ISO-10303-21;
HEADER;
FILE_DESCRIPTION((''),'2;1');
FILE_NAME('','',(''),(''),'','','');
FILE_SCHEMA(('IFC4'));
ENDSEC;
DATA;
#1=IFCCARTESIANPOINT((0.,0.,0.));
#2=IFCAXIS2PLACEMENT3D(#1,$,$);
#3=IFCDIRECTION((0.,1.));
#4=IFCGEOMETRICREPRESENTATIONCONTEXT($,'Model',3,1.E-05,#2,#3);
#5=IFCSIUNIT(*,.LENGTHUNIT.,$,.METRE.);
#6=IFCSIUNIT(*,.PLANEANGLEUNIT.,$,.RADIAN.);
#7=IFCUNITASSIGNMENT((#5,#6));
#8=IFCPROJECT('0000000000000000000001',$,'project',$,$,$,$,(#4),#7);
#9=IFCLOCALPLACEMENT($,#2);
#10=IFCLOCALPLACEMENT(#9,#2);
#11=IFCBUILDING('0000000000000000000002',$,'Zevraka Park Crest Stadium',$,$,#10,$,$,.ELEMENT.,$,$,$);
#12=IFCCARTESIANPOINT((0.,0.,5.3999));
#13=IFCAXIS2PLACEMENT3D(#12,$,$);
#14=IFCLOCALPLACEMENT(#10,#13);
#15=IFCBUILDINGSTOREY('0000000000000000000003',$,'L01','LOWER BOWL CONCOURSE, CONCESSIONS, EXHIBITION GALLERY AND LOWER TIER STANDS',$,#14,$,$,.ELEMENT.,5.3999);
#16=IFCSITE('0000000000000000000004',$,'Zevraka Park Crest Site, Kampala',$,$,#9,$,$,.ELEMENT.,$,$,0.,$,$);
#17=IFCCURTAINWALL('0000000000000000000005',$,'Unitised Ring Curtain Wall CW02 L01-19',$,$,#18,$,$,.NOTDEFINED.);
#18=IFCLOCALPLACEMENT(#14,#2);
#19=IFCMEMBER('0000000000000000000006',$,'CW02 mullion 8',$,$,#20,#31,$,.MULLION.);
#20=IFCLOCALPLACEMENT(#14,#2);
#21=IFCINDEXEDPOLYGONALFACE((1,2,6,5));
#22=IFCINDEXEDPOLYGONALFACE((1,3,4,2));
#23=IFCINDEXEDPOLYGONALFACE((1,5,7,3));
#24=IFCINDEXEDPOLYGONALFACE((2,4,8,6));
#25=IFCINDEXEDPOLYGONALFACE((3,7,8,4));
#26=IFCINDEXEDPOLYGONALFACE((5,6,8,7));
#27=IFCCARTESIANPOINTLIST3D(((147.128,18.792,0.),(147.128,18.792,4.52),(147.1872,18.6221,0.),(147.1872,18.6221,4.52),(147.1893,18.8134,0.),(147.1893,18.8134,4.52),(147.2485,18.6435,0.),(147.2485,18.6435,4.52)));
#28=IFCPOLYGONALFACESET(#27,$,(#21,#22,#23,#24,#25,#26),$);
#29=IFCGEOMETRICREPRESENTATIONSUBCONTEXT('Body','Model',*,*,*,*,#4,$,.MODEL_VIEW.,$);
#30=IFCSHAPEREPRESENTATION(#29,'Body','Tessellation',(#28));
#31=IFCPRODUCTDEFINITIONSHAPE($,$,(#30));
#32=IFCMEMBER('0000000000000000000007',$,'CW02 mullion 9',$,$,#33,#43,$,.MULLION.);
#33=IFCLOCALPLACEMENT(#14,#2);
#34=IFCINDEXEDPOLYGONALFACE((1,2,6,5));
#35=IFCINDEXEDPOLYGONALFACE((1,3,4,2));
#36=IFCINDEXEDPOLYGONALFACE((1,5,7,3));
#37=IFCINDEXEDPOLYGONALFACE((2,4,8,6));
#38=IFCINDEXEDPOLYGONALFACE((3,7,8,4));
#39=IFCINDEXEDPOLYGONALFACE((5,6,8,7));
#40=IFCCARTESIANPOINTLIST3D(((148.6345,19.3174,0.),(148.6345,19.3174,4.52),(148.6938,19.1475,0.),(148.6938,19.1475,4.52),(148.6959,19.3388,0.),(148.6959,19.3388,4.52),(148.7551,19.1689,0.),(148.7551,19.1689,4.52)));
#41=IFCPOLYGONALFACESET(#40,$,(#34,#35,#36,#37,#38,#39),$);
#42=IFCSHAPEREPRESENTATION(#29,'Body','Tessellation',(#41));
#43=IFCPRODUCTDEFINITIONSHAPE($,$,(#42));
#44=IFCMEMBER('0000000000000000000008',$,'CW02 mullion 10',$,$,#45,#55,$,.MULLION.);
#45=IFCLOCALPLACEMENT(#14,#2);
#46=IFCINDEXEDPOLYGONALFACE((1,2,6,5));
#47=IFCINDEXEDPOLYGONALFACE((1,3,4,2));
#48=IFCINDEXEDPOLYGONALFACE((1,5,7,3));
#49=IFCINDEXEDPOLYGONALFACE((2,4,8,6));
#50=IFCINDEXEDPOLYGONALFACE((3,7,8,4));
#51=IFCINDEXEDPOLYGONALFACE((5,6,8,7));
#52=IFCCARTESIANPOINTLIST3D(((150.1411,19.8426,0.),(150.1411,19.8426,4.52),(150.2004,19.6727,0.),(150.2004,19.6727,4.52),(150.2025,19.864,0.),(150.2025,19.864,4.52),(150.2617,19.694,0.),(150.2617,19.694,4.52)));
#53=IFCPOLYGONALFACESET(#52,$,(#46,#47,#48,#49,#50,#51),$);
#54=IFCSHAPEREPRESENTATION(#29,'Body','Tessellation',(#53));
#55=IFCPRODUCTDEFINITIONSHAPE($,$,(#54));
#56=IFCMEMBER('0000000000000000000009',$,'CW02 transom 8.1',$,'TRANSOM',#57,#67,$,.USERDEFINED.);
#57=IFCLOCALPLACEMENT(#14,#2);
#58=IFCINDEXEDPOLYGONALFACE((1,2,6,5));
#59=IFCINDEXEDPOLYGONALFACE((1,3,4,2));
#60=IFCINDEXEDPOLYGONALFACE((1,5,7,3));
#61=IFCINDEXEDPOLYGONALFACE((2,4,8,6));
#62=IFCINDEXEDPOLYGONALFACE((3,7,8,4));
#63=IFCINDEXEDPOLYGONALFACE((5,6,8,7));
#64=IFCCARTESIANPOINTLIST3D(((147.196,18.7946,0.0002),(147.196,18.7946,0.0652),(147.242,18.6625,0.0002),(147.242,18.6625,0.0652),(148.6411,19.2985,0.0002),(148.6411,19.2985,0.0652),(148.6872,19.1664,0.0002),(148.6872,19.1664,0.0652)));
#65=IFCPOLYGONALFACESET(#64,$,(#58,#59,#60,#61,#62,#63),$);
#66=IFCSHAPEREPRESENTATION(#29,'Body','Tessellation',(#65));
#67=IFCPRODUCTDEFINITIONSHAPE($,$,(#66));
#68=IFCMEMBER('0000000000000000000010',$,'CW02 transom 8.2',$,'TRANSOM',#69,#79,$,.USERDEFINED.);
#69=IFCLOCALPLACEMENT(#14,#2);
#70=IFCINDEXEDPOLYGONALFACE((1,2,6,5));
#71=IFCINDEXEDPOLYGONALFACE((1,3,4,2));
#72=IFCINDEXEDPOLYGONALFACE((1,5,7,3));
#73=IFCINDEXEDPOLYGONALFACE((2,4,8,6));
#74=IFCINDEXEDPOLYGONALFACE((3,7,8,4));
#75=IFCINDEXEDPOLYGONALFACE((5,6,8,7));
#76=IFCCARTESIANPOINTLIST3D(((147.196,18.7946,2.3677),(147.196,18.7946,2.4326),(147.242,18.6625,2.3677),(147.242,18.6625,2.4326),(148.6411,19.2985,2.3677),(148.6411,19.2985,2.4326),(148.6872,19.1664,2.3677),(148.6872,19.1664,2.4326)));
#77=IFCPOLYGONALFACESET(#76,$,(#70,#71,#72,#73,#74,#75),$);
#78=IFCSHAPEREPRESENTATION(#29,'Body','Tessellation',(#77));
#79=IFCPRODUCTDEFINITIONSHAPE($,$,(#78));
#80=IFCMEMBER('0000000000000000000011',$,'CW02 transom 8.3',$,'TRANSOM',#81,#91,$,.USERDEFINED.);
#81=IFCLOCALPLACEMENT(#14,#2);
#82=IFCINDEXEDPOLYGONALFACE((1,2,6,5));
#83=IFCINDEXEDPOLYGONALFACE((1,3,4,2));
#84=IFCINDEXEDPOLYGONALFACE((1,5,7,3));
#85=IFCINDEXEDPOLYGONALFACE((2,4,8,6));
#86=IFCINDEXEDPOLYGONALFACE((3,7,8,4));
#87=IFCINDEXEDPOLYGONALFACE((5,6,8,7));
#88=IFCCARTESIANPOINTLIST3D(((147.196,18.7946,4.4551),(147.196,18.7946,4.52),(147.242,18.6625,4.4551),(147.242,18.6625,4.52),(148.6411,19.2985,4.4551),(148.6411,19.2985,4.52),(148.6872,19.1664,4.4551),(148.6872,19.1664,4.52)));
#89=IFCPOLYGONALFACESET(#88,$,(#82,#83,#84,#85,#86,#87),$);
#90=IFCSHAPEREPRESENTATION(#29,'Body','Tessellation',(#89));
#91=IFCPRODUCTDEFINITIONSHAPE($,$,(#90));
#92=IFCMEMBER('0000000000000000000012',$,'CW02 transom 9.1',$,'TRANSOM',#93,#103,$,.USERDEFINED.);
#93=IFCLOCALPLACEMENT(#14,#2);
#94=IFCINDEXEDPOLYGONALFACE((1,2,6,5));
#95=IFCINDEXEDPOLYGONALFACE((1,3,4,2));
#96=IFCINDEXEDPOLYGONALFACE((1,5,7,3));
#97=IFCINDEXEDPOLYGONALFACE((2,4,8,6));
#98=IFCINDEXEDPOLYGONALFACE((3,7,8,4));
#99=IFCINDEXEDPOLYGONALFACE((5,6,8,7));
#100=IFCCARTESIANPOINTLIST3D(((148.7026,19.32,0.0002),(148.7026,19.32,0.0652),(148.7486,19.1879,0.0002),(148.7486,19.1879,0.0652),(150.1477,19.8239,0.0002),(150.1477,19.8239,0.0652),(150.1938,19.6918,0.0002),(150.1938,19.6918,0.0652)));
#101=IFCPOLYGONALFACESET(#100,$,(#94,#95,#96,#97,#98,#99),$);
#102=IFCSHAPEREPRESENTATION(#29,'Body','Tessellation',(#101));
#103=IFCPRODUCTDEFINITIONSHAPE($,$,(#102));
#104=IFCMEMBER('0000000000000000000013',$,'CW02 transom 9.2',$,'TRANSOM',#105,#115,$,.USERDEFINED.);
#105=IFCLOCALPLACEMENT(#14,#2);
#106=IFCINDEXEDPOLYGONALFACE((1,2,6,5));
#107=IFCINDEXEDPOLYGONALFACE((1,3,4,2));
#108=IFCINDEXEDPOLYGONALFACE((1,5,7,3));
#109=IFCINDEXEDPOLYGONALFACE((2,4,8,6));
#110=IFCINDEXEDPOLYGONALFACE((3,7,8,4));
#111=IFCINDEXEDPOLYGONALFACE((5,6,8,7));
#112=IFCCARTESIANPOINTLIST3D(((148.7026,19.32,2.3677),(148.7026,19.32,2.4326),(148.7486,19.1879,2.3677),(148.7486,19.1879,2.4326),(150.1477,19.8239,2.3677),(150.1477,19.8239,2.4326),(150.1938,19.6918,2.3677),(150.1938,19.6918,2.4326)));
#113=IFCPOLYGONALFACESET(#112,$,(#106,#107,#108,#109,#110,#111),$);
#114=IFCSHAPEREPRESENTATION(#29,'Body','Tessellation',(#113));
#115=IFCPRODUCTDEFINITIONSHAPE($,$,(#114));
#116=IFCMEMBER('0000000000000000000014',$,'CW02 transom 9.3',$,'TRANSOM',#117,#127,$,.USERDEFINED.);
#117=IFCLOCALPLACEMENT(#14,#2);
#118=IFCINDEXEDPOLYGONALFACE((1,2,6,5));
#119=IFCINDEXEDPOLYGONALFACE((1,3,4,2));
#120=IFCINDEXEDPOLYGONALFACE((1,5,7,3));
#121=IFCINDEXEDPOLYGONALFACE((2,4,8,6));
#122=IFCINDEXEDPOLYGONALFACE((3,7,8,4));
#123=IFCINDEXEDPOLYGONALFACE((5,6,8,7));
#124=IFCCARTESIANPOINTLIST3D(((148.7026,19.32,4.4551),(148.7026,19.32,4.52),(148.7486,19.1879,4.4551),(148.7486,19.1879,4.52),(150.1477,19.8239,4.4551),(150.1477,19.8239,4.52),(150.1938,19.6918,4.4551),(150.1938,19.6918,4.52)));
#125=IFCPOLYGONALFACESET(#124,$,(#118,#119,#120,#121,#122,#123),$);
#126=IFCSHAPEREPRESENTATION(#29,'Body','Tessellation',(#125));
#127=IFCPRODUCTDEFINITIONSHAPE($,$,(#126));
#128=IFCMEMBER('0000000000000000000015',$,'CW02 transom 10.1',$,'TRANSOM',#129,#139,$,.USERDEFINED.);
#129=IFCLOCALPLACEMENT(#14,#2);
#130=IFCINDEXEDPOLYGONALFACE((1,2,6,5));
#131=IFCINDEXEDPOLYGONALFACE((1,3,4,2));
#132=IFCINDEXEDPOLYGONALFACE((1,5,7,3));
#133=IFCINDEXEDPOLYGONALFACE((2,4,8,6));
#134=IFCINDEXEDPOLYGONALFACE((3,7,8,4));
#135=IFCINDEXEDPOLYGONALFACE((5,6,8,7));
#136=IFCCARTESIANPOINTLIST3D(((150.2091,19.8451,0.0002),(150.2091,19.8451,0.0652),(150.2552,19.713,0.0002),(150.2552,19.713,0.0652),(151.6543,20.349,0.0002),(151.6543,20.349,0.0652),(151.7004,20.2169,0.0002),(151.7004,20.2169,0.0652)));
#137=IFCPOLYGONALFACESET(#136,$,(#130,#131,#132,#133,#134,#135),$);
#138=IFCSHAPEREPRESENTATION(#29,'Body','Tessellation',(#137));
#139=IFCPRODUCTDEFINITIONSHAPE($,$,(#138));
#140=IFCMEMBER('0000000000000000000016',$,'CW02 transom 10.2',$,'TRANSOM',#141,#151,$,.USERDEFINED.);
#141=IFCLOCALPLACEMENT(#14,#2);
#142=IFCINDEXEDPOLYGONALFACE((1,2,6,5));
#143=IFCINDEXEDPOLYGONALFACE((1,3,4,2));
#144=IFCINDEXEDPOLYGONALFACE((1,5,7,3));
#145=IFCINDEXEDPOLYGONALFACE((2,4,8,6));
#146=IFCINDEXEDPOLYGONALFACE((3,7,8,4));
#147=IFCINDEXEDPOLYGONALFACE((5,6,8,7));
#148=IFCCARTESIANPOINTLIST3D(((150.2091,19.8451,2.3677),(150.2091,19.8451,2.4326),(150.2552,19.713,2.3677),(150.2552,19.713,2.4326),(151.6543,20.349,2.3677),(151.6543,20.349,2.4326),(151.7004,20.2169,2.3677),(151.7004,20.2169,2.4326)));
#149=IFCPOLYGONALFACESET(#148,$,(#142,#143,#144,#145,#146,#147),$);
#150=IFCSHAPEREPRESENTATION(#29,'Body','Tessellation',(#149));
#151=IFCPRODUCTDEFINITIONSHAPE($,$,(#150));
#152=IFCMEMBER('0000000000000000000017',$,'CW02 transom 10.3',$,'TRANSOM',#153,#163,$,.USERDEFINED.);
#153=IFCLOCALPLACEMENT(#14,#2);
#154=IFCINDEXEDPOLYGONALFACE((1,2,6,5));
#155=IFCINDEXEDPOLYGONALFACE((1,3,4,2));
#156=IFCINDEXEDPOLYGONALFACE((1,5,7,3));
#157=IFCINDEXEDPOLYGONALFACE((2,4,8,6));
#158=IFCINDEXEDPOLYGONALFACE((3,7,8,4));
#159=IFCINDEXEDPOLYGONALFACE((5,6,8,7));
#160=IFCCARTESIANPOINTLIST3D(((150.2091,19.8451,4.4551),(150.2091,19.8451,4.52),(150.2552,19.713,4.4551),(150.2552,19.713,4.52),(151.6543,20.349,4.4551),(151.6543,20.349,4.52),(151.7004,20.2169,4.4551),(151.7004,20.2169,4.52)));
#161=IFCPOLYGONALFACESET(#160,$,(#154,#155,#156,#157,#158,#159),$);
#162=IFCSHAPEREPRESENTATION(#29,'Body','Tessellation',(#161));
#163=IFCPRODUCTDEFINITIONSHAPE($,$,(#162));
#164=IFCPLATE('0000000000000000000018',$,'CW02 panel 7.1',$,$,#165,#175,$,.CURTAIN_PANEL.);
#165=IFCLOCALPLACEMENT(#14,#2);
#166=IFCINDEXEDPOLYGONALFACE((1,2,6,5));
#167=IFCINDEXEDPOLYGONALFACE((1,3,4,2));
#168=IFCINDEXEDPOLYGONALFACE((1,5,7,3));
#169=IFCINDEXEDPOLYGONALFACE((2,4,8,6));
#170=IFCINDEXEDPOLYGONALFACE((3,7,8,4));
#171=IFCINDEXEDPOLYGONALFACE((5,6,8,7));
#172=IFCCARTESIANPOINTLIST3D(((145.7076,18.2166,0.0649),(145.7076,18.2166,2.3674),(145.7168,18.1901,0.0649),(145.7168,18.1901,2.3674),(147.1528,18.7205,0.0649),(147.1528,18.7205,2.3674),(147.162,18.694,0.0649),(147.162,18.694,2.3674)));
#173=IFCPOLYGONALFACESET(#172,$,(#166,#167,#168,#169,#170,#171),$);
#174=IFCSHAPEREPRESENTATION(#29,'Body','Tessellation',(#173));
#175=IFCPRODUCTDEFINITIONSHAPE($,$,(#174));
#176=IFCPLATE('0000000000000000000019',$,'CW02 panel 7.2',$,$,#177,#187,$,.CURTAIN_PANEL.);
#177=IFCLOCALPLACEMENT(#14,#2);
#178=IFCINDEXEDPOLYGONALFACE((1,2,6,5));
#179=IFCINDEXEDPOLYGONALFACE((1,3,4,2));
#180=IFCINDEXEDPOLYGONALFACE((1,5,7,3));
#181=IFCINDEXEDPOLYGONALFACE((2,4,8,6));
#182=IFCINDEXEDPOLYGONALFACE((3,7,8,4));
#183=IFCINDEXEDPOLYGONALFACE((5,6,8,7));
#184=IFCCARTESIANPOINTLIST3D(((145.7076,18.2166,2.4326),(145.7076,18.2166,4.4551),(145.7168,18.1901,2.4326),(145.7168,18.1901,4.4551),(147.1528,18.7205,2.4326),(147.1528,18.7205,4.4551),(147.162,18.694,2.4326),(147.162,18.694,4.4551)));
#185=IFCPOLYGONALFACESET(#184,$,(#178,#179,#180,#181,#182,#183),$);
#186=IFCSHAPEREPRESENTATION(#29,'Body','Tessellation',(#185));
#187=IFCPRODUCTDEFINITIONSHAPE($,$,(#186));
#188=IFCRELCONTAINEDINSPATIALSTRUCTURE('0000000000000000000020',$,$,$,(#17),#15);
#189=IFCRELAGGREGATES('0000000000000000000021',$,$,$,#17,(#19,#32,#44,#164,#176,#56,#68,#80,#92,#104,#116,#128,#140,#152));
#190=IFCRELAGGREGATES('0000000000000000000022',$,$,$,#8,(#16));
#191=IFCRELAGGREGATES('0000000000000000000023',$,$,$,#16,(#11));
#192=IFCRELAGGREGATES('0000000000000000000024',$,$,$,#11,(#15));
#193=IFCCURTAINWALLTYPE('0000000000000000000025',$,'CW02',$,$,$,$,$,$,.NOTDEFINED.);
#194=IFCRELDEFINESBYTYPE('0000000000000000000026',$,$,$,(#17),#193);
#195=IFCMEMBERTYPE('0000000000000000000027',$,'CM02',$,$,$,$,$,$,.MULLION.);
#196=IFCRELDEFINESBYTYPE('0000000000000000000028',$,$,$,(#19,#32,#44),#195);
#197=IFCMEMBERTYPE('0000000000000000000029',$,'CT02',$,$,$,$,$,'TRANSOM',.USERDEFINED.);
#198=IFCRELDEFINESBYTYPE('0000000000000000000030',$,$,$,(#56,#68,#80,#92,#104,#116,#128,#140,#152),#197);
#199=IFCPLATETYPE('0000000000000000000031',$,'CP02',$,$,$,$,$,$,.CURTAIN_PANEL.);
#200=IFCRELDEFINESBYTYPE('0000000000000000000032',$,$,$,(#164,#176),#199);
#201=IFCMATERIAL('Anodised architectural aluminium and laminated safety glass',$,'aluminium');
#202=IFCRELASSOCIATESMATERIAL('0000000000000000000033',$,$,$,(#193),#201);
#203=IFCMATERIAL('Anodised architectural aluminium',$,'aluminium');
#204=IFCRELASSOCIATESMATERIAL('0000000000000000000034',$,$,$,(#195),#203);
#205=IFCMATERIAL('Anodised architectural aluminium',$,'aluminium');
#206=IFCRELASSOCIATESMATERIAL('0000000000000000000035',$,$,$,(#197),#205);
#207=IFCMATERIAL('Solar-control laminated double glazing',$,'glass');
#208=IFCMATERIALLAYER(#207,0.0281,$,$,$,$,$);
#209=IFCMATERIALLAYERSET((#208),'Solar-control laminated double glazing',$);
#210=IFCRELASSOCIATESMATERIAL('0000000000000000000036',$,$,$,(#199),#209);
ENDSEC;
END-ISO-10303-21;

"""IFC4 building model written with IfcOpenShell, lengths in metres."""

from ifc_helpers import new_model, si_unit, direction, frame, origin, origin_2d, place, context, subcontext, project, spatial, rectangle, extrude, material, layer, layer_set, material_profile, profile_set, type_object, element, aggregate, save


model = new_model("IFC4")

# Units and contexts
model_context = context("Model", 3, precision=1e-05, world=origin(), true_north=direction((0.0, 1.0)))
body_context = subcontext(model_context, "Body", "Model", "MODEL_VIEW")
ifc_project = project(units=[si_unit("LENGTHUNIT", "METRE"), si_unit("PLANEANGLEUNIT", "RADIAN")], contexts=[model_context])

# Site, building, storey
site_placement = place(None, origin())
site = spatial("IfcSite", under=ifc_project, at=site_placement, Name="Zevraka Park Crest Site, Kampala", CompositionType="ELEMENT", RefElevation=0.0)
building_placement = place(site_placement, origin())
building = spatial("IfcBuilding", under=site, at=building_placement, Name="Zevraka Park Crest Stadium", CompositionType="ELEMENT")
storey_placement = place(building_placement, frame((0.0, 0.0, 5.3999)))
storey = spatial("IfcBuildingStorey", under=building, at=storey_placement, Name="L01", Description="LOWER BOWL CONCOURSE, CONCESSIONS, EXHIBITION GALLERY AND LOWER TIER STANDS", CompositionType="ELEMENT", Elevation=5.3999)

# Curtain wall, members, plates
ifc_material_1 = material(Name="Anodised architectural aluminium and laminated safety glass", Category="aluminium")
curtain_wall_type = type_object("IfcCurtainWallType", Name="CW02", PredefinedType="NOTDEFINED", material=ifc_material_1)
curtain_wall_placement = place(storey_placement, origin())
curtain_wall = element("IfcCurtainWall", 1, at=curtain_wall_placement, inside=storey, type_object=curtain_wall_type, Name="Unitised Ring Curtain Wall CW02 L01-19", PredefinedType="NOTDEFINED")
ifc_material_2 = material(Name="Anodised architectural aluminium", Category="aluminium")
ifc_material_profile_1 = material_profile(ifc_material_2, rectangle(XDim=0.1799, YDim=0.0649, at=origin_2d()), Name="ALU MULLION 180x65")
ifc_profile_set_1 = profile_set([ifc_material_profile_1], Name="Anodised architectural aluminium")
member_type_1 = type_object("IfcMemberType", Name="CM02", PredefinedType="MULLION", material=ifc_profile_set_1)
member_1_placement = place(storey_placement, frame((147.1882, 18.7178, 0.0), z_axis=(0.0, 0.0, 1.0), x_axis=(-0.329209, 0.944257, 0.0)))
member_1 = element("IfcMember", 2, at=member_1_placement, type_object=member_type_1, Name="CW02 mullion 8", PredefinedType="MULLION", context=body_context, shape_type="SweptSolid", body=[
    extrude(rectangle(XDim=0.1799, YDim=0.0649, at=origin_2d()), origin(), (0.0, 0.0, 1.0), 4.52),
])
member_2_placement = place(storey_placement, frame((148.6948, 19.2432, 0.0), z_axis=(0.0, 0.0, 1.0), x_axis=(-0.329209, 0.944257, 0.0)))
member_2 = element("IfcMember", 3, at=member_2_placement, type_object=member_type_1, Name="CW02 mullion 9", PredefinedType="MULLION", context=body_context, shape_type="SweptSolid", body=[
    extrude(rectangle(XDim=0.1799, YDim=0.0649, at=origin_2d()), origin(), (0.0, 0.0, 1.0), 4.52),
])
member_3_placement = place(storey_placement, frame((150.2014, 19.7683, 0.0), z_axis=(0.0, 0.0, 1.0), x_axis=(-0.329209, 0.944257, 0.0)))
member_3 = element("IfcMember", 4, at=member_3_placement, type_object=member_type_1, Name="CW02 mullion 10", PredefinedType="MULLION", context=body_context, shape_type="SweptSolid", body=[
    extrude(rectangle(XDim=0.1799, YDim=0.0649, at=origin_2d()), origin(), (0.0, 0.0, 1.0), 4.52),
])
ifc_material_3 = material(Name="Anodised architectural aluminium", Category="aluminium")
ifc_material_profile_2 = material_profile(ifc_material_3, rectangle(XDim=0.1399, YDim=0.0649, at=origin_2d()), Name="ALU TRANSOM 140x65")
ifc_profile_set_2 = profile_set([ifc_material_profile_2], Name="Anodised architectural aluminium")
member_type_2 = type_object("IfcMemberType", Name="CT02", ElementType="TRANSOM", PredefinedType="USERDEFINED", material=ifc_profile_set_2)
member_4_placement = place(storey_placement, frame((147.219, 18.7285, 0.0327), z_axis=(0.944238, 0.329263, 0.0), x_axis=(-0.329263, 0.944238, 0.0)))
member_4 = element("IfcMember", 5, at=member_4_placement, type_object=member_type_2, Name="CW02 transom 8.1", ObjectType="TRANSOM", PredefinedType="USERDEFINED", context=body_context, shape_type="SweptSolid", body=[
    extrude(rectangle(XDim=0.1399, YDim=0.0649, at=origin_2d()), origin(), (0.0, 0.0, 1.0), 1.5305),
])
member_5_placement = place(storey_placement, frame((147.219, 18.7285, 2.4001), z_axis=(0.944238, 0.329263, 0.0), x_axis=(-0.329263, 0.944238, 0.0)))
member_5 = element("IfcMember", 6, at=member_5_placement, type_object=member_type_2, Name="CW02 transom 8.2", ObjectType="TRANSOM", PredefinedType="USERDEFINED", context=body_context, shape_type="SweptSolid", body=[
    extrude(rectangle(XDim=0.1399, YDim=0.0649, at=origin_2d()), origin(), (0.0, 0.0, 1.0), 1.5305),
])
member_6_placement = place(storey_placement, frame((147.219, 18.7285, 4.4875), z_axis=(0.944238, 0.329263, 0.0), x_axis=(-0.329263, 0.944238, 0.0)))
member_6 = element("IfcMember", 7, at=member_6_placement, type_object=member_type_2, Name="CW02 transom 8.3", ObjectType="TRANSOM", PredefinedType="USERDEFINED", context=body_context, shape_type="SweptSolid", body=[
    extrude(rectangle(XDim=0.1399, YDim=0.0649, at=origin_2d()), origin(), (0.0, 0.0, 1.0), 1.5305),
])
member_7_placement = place(storey_placement, frame((148.7256, 19.2539, 0.0327), z_axis=(0.944238, 0.329263, 0.0), x_axis=(-0.329263, 0.944238, 0.0)))
member_7 = element("IfcMember", 8, at=member_7_placement, type_object=member_type_2, Name="CW02 transom 9.1", ObjectType="TRANSOM", PredefinedType="USERDEFINED", context=body_context, shape_type="SweptSolid", body=[
    extrude(rectangle(XDim=0.1399, YDim=0.0649, at=origin_2d()), origin(), (0.0, 0.0, 1.0), 1.5305),
])
member_8_placement = place(storey_placement, frame((148.7256, 19.2539, 2.4001), z_axis=(0.944238, 0.329263, 0.0), x_axis=(-0.329263, 0.944238, 0.0)))
member_8 = element("IfcMember", 9, at=member_8_placement, type_object=member_type_2, Name="CW02 transom 9.2", ObjectType="TRANSOM", PredefinedType="USERDEFINED", context=body_context, shape_type="SweptSolid", body=[
    extrude(rectangle(XDim=0.1399, YDim=0.0649, at=origin_2d()), origin(), (0.0, 0.0, 1.0), 1.5305),
])
member_9_placement = place(storey_placement, frame((148.7256, 19.2539, 4.4875), z_axis=(0.944238, 0.329263, 0.0), x_axis=(-0.329263, 0.944238, 0.0)))
member_9 = element("IfcMember", 10, at=member_9_placement, type_object=member_type_2, Name="CW02 transom 9.3", ObjectType="TRANSOM", PredefinedType="USERDEFINED", context=body_context, shape_type="SweptSolid", body=[
    extrude(rectangle(XDim=0.1399, YDim=0.0649, at=origin_2d()), origin(), (0.0, 0.0, 1.0), 1.5305),
])
member_10_placement = place(storey_placement, frame((150.2322, 19.7791, 0.0327), z_axis=(0.944238, 0.329263, 0.0), x_axis=(-0.329263, 0.944238, 0.0)))
member_10 = element("IfcMember", 11, at=member_10_placement, type_object=member_type_2, Name="CW02 transom 10.1", ObjectType="TRANSOM", PredefinedType="USERDEFINED", context=body_context, shape_type="SweptSolid", body=[
    extrude(rectangle(XDim=0.1399, YDim=0.0649, at=origin_2d()), origin(), (0.0, 0.0, 1.0), 1.5305),
])
member_11_placement = place(storey_placement, frame((150.2322, 19.7791, 2.4001), z_axis=(0.944238, 0.329263, 0.0), x_axis=(-0.329263, 0.944238, 0.0)))
member_11 = element("IfcMember", 12, at=member_11_placement, type_object=member_type_2, Name="CW02 transom 10.2", ObjectType="TRANSOM", PredefinedType="USERDEFINED", context=body_context, shape_type="SweptSolid", body=[
    extrude(rectangle(XDim=0.1399, YDim=0.0649, at=origin_2d()), origin(), (0.0, 0.0, 1.0), 1.5305),
])
member_12_placement = place(storey_placement, frame((150.2322, 19.7791, 4.4875), z_axis=(0.944238, 0.329263, 0.0), x_axis=(-0.329263, 0.944238, 0.0)))
member_12 = element("IfcMember", 13, at=member_12_placement, type_object=member_type_2, Name="CW02 transom 10.3", ObjectType="TRANSOM", PredefinedType="USERDEFINED", context=body_context, shape_type="SweptSolid", body=[
    extrude(rectangle(XDim=0.1399, YDim=0.0649, at=origin_2d()), origin(), (0.0, 0.0, 1.0), 1.5305),
])
ifc_material_4 = material(Name="Solar-control laminated double glazing", Category="glass")
ifc_layer_1 = layer(ifc_material_4, 0.0281)
ifc_layer_set_1 = layer_set([ifc_layer_1], Name="Solar-control laminated double glazing")
plate_type = type_object("IfcPlateType", Name="CP02", PredefinedType="CURTAIN_PANEL", material=ifc_layer_set_1)
plate_1_placement = place(storey_placement, frame((146.4348, 18.4553, 0.0649), z_axis=(0.0, 0.0, 1.0), x_axis=(0.944257, 0.329209, 0.0)))
plate_1 = element("IfcPlate", 14, at=plate_1_placement, type_object=plate_type, Name="CW02 panel 7.1", PredefinedType="CURTAIN_PANEL", context=body_context, shape_type="SweptSolid", body=[
    extrude(rectangle(XDim=1.5305, YDim=0.0281, at=origin_2d()), origin(), (0.0, 0.0, 1.0), 2.3025),
])
plate_2_placement = place(storey_placement, frame((146.4348, 18.4553, 2.4326), z_axis=(0.0, 0.0, 1.0), x_axis=(0.944257, 0.329209, 0.0)))
plate_2 = element("IfcPlate", 15, at=plate_2_placement, type_object=plate_type, Name="CW02 panel 7.2", PredefinedType="CURTAIN_PANEL", context=body_context, shape_type="SweptSolid", body=[
    extrude(rectangle(XDim=1.5305, YDim=0.0281, at=origin_2d()), origin(), (0.0, 0.0, 1.0), 2.0225),
])
aggregate(curtain_wall, [member_1, member_2, member_3, plate_1, plate_2, member_4, member_5, member_6, member_7, member_8, member_9, member_10, member_11, member_12])

save(model, "model.ifc")
